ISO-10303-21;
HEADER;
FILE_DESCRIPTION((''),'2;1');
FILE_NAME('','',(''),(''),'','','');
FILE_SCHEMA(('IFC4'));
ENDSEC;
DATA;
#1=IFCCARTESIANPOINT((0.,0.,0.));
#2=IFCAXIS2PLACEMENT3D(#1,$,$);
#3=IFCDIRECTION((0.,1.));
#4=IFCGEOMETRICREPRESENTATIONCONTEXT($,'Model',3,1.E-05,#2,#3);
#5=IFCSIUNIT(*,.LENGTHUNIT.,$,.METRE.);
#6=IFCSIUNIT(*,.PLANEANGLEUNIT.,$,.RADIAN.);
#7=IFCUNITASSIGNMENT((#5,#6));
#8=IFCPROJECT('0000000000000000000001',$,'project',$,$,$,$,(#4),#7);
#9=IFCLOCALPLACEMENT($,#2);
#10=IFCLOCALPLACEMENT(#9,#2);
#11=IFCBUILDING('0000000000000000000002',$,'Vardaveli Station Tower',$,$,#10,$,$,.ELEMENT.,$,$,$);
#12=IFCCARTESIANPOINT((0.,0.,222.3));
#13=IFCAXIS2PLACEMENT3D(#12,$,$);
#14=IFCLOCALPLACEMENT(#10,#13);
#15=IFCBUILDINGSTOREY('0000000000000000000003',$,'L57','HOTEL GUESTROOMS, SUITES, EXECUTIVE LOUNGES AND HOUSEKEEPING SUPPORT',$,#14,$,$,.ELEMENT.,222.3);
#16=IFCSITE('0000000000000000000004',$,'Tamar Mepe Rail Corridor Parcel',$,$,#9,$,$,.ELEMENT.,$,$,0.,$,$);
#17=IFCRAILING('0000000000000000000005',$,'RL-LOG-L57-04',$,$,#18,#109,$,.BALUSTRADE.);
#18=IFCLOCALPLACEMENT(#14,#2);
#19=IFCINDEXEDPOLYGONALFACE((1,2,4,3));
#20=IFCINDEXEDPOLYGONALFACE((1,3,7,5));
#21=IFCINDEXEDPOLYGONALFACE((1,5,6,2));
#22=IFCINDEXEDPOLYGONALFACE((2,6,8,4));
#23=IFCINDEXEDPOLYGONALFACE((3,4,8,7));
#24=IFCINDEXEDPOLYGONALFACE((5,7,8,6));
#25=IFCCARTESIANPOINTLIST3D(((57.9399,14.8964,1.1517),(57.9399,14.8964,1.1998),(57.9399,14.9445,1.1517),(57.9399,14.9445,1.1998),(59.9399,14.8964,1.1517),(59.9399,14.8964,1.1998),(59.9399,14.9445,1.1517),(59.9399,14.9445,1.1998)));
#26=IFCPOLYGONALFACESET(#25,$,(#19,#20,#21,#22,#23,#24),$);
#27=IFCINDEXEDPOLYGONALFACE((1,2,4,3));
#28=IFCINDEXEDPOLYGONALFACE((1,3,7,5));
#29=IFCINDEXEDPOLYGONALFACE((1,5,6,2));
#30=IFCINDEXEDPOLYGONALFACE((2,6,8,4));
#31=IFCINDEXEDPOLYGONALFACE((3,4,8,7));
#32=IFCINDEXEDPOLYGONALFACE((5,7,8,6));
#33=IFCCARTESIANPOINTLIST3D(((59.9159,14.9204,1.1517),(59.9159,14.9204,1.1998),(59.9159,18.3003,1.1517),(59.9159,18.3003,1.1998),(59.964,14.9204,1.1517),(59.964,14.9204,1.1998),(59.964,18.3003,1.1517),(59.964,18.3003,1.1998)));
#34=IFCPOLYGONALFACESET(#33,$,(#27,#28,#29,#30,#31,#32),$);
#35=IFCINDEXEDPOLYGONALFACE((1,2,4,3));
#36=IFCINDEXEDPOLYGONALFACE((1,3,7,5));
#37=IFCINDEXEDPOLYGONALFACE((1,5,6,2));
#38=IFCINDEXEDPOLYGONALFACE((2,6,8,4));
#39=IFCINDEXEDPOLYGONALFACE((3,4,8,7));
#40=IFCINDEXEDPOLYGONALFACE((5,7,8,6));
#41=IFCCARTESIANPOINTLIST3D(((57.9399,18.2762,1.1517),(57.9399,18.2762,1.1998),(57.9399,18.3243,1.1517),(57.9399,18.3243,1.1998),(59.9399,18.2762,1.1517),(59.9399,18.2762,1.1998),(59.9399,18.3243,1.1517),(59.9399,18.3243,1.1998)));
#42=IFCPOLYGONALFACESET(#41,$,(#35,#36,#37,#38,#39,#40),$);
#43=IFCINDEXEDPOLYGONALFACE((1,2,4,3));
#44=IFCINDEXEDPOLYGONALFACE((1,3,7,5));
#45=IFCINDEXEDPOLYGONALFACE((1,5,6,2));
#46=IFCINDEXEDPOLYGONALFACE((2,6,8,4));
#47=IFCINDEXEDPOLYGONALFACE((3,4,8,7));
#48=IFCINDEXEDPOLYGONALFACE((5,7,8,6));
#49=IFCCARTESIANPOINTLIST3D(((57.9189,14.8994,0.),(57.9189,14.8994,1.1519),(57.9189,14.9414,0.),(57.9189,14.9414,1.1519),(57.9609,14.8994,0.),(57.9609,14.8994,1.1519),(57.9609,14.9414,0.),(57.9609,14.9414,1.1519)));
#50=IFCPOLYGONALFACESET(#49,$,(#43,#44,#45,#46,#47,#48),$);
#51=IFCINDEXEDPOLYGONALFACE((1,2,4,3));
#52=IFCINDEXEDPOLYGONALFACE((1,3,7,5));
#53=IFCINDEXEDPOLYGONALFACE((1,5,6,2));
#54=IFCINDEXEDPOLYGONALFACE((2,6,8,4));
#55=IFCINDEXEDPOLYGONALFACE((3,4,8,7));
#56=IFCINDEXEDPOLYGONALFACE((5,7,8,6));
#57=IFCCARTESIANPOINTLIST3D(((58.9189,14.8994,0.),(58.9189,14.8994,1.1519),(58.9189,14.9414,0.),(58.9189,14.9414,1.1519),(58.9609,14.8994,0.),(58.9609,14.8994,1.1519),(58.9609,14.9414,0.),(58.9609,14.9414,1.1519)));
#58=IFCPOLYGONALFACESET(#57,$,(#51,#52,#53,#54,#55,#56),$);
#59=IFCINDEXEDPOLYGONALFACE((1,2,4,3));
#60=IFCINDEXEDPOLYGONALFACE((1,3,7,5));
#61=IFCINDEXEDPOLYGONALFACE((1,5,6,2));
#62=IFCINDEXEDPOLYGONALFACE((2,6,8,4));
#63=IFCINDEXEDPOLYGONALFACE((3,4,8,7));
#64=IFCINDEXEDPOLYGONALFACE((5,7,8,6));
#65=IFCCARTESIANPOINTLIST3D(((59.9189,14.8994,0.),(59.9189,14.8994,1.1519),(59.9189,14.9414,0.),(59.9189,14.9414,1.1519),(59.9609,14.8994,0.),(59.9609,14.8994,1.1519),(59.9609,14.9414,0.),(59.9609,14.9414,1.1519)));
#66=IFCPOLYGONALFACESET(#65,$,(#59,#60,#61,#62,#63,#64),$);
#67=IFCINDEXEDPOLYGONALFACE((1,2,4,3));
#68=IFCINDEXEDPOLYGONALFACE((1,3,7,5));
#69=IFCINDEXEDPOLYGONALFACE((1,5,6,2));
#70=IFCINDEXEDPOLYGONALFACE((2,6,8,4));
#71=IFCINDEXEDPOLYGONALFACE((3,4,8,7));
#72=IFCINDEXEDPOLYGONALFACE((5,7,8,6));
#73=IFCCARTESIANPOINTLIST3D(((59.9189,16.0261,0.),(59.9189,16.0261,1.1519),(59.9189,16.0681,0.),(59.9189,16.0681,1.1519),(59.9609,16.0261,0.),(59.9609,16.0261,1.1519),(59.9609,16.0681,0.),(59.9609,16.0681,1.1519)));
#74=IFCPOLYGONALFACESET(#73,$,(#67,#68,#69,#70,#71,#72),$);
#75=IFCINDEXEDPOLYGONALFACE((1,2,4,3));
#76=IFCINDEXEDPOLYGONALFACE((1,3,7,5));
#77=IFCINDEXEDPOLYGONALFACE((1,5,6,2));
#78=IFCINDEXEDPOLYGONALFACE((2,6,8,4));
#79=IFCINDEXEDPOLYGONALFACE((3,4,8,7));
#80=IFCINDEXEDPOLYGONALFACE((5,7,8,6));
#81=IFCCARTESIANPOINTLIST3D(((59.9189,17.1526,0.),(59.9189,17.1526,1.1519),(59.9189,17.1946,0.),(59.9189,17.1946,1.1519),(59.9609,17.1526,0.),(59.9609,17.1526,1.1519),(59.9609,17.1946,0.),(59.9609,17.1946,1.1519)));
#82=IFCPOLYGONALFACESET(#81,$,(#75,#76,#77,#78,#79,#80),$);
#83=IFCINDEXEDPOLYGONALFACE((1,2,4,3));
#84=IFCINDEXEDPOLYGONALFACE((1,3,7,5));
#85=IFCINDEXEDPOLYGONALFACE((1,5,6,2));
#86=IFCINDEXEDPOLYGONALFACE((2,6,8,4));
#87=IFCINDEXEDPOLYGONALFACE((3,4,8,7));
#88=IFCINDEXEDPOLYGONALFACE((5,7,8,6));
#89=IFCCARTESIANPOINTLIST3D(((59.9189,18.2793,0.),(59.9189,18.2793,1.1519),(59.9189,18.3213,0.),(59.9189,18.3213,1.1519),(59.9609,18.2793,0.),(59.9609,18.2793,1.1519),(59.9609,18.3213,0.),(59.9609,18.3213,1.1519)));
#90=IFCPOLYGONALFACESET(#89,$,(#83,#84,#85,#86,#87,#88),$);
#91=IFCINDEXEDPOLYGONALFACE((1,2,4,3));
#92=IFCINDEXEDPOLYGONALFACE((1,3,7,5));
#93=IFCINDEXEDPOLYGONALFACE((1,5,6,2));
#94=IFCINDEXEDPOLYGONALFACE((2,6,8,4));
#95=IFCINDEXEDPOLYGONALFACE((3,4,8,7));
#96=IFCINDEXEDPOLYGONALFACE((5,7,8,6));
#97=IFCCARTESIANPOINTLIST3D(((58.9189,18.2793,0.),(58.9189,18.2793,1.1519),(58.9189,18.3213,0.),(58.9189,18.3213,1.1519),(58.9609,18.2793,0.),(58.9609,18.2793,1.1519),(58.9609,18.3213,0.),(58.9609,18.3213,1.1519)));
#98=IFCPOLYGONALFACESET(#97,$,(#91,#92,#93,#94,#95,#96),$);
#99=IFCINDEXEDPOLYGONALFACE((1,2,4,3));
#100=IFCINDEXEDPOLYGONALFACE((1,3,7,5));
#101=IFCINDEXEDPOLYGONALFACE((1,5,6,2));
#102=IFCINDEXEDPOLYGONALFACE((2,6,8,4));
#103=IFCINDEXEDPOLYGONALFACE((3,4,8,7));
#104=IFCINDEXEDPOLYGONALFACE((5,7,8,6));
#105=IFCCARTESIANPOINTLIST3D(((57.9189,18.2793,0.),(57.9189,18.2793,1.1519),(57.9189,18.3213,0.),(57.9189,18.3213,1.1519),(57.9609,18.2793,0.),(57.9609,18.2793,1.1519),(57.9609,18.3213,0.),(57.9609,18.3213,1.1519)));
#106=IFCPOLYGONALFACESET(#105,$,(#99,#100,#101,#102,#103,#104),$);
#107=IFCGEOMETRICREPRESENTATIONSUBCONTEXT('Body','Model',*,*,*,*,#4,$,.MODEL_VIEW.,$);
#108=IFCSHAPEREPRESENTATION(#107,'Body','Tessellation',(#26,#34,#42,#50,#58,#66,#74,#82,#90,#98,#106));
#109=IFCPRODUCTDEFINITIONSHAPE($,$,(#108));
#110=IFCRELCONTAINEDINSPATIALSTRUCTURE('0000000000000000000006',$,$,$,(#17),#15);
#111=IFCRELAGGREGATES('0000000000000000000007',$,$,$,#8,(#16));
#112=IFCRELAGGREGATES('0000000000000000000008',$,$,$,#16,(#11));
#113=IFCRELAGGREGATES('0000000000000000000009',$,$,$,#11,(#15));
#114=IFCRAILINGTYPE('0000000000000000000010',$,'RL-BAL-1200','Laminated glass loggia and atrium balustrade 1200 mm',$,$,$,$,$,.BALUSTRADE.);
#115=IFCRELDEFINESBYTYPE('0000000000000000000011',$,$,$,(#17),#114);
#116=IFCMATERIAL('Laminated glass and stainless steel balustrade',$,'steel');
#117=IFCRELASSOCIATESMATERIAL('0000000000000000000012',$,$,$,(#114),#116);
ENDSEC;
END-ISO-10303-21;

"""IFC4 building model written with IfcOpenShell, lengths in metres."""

from ifc_helpers import new_model, si_unit, direction, frame, origin, origin_2d, place, context, subcontext, project, spatial, rectangle, extrude, source, transform, mapped, material, type_object, element, save


model = new_model("IFC4")

# Units and contexts
model_context = context("Model", 3, precision=1e-05, world=origin(), true_north=direction((0.0, 1.0)))
body_context = subcontext(model_context, "Body", "Model", "MODEL_VIEW")
ifc_project = project(units=[si_unit("LENGTHUNIT", "METRE"), si_unit("PLANEANGLEUNIT", "RADIAN")], contexts=[model_context])

# Site, building, storey
site_placement = place(None, origin())
site = spatial("IfcSite", under=ifc_project, at=site_placement, Name="Tamar Mepe Rail Corridor Parcel", CompositionType="ELEMENT", RefElevation=0.0)
building_placement = place(site_placement, origin())
building = spatial("IfcBuilding", under=site, at=building_placement, Name="Vardaveli Station Tower", CompositionType="ELEMENT")
storey_placement = place(building_placement, frame((0.0, 0.0, 222.3)))
storey = spatial("IfcBuildingStorey", under=building, at=storey_placement, Name="L57", Description="HOTEL GUESTROOMS, SUITES, EXECUTIVE LOUNGES AND HOUSEKEEPING SUPPORT", CompositionType="ELEMENT", Elevation=222.3)

# Railing
ifc_material_1 = material(Name="Laminated glass and stainless steel balustrade", Category="steel")
railing_type = type_object("IfcRailingType", Name="RL-BAL-1200", Description="Laminated glass loggia and atrium balustrade 1200 mm", PredefinedType="BALUSTRADE", material=ifc_material_1)
shared_shape_1 = source(origin(), body_context, "Body", "SweptSolid", [
    extrude(rectangle(XDim=0.0481, YDim=0.0481, at=origin_2d()), frame((0.0, 0.0, 1.1758), z_axis=(1.0, 0.0, 0.0), x_axis=(0.0, 1.0, 0.0)), (0.0, 0.0, 1.0), 2.0),
    extrude(rectangle(XDim=0.0481, YDim=0.0481, at=origin_2d()), frame((2.0, 0.0, 1.1758), z_axis=(0.0, 1.0, 0.0), x_axis=(-1.0, 0.0, 0.0)), (0.0, 0.0, 1.0), 3.3799),
    extrude(rectangle(XDim=0.0481, YDim=0.0481, at=origin_2d()), frame((2.0, 3.3799, 1.1758), z_axis=(-1.0, 0.0, 0.0), x_axis=(0.0, -1.0, 0.0)), (0.0, 0.0, 1.0), 2.0),
    extrude(rectangle(XDim=0.042, YDim=0.042, at=origin_2d()), origin(), (0.0, 0.0, 1.0), 1.1519),
    extrude(rectangle(XDim=0.042, YDim=0.042, at=origin_2d()), frame((1.0, 0.0, 0.0)), (0.0, 0.0, 1.0), 1.1519),
    extrude(rectangle(XDim=0.042, YDim=0.042, at=origin_2d()), frame((2.0, 0.0, 0.0)), (0.0, 0.0, 1.0), 1.1519),
    extrude(rectangle(XDim=0.042, YDim=0.042, at=origin_2d()), frame((2.0, 1.1267, 0.0)), (0.0, 0.0, 1.0), 1.1519),
    extrude(rectangle(XDim=0.042, YDim=0.042, at=origin_2d()), frame((2.0, 2.2532, 0.0)), (0.0, 0.0, 1.0), 1.1519),
    extrude(rectangle(XDim=0.042, YDim=0.042, at=origin_2d()), frame((2.0, 3.3799, 0.0)), (0.0, 0.0, 1.0), 1.1519),
    extrude(rectangle(XDim=0.042, YDim=0.042, at=origin_2d()), frame((1.0, 3.3799, 0.0)), (0.0, 0.0, 1.0), 1.1519),
    extrude(rectangle(XDim=0.042, YDim=0.042, at=origin_2d()), frame((0.0, 3.3799, 0.0)), (0.0, 0.0, 1.0), 1.1519),
])
railing_placement = place(storey_placement, frame((57.9399, 14.9204, 0.0)))
element("IfcRailing", 1, at=railing_placement, inside=storey, type_object=railing_type, Name="RL-LOG-L57-04", PredefinedType="BALUSTRADE", context=body_context, shape_type="MappedRepresentation", body=[
    mapped(shared_shape_1, transform((0.0, 0.0, 0.0), scale=1.0)),
])

save(model, "model.ifc")
